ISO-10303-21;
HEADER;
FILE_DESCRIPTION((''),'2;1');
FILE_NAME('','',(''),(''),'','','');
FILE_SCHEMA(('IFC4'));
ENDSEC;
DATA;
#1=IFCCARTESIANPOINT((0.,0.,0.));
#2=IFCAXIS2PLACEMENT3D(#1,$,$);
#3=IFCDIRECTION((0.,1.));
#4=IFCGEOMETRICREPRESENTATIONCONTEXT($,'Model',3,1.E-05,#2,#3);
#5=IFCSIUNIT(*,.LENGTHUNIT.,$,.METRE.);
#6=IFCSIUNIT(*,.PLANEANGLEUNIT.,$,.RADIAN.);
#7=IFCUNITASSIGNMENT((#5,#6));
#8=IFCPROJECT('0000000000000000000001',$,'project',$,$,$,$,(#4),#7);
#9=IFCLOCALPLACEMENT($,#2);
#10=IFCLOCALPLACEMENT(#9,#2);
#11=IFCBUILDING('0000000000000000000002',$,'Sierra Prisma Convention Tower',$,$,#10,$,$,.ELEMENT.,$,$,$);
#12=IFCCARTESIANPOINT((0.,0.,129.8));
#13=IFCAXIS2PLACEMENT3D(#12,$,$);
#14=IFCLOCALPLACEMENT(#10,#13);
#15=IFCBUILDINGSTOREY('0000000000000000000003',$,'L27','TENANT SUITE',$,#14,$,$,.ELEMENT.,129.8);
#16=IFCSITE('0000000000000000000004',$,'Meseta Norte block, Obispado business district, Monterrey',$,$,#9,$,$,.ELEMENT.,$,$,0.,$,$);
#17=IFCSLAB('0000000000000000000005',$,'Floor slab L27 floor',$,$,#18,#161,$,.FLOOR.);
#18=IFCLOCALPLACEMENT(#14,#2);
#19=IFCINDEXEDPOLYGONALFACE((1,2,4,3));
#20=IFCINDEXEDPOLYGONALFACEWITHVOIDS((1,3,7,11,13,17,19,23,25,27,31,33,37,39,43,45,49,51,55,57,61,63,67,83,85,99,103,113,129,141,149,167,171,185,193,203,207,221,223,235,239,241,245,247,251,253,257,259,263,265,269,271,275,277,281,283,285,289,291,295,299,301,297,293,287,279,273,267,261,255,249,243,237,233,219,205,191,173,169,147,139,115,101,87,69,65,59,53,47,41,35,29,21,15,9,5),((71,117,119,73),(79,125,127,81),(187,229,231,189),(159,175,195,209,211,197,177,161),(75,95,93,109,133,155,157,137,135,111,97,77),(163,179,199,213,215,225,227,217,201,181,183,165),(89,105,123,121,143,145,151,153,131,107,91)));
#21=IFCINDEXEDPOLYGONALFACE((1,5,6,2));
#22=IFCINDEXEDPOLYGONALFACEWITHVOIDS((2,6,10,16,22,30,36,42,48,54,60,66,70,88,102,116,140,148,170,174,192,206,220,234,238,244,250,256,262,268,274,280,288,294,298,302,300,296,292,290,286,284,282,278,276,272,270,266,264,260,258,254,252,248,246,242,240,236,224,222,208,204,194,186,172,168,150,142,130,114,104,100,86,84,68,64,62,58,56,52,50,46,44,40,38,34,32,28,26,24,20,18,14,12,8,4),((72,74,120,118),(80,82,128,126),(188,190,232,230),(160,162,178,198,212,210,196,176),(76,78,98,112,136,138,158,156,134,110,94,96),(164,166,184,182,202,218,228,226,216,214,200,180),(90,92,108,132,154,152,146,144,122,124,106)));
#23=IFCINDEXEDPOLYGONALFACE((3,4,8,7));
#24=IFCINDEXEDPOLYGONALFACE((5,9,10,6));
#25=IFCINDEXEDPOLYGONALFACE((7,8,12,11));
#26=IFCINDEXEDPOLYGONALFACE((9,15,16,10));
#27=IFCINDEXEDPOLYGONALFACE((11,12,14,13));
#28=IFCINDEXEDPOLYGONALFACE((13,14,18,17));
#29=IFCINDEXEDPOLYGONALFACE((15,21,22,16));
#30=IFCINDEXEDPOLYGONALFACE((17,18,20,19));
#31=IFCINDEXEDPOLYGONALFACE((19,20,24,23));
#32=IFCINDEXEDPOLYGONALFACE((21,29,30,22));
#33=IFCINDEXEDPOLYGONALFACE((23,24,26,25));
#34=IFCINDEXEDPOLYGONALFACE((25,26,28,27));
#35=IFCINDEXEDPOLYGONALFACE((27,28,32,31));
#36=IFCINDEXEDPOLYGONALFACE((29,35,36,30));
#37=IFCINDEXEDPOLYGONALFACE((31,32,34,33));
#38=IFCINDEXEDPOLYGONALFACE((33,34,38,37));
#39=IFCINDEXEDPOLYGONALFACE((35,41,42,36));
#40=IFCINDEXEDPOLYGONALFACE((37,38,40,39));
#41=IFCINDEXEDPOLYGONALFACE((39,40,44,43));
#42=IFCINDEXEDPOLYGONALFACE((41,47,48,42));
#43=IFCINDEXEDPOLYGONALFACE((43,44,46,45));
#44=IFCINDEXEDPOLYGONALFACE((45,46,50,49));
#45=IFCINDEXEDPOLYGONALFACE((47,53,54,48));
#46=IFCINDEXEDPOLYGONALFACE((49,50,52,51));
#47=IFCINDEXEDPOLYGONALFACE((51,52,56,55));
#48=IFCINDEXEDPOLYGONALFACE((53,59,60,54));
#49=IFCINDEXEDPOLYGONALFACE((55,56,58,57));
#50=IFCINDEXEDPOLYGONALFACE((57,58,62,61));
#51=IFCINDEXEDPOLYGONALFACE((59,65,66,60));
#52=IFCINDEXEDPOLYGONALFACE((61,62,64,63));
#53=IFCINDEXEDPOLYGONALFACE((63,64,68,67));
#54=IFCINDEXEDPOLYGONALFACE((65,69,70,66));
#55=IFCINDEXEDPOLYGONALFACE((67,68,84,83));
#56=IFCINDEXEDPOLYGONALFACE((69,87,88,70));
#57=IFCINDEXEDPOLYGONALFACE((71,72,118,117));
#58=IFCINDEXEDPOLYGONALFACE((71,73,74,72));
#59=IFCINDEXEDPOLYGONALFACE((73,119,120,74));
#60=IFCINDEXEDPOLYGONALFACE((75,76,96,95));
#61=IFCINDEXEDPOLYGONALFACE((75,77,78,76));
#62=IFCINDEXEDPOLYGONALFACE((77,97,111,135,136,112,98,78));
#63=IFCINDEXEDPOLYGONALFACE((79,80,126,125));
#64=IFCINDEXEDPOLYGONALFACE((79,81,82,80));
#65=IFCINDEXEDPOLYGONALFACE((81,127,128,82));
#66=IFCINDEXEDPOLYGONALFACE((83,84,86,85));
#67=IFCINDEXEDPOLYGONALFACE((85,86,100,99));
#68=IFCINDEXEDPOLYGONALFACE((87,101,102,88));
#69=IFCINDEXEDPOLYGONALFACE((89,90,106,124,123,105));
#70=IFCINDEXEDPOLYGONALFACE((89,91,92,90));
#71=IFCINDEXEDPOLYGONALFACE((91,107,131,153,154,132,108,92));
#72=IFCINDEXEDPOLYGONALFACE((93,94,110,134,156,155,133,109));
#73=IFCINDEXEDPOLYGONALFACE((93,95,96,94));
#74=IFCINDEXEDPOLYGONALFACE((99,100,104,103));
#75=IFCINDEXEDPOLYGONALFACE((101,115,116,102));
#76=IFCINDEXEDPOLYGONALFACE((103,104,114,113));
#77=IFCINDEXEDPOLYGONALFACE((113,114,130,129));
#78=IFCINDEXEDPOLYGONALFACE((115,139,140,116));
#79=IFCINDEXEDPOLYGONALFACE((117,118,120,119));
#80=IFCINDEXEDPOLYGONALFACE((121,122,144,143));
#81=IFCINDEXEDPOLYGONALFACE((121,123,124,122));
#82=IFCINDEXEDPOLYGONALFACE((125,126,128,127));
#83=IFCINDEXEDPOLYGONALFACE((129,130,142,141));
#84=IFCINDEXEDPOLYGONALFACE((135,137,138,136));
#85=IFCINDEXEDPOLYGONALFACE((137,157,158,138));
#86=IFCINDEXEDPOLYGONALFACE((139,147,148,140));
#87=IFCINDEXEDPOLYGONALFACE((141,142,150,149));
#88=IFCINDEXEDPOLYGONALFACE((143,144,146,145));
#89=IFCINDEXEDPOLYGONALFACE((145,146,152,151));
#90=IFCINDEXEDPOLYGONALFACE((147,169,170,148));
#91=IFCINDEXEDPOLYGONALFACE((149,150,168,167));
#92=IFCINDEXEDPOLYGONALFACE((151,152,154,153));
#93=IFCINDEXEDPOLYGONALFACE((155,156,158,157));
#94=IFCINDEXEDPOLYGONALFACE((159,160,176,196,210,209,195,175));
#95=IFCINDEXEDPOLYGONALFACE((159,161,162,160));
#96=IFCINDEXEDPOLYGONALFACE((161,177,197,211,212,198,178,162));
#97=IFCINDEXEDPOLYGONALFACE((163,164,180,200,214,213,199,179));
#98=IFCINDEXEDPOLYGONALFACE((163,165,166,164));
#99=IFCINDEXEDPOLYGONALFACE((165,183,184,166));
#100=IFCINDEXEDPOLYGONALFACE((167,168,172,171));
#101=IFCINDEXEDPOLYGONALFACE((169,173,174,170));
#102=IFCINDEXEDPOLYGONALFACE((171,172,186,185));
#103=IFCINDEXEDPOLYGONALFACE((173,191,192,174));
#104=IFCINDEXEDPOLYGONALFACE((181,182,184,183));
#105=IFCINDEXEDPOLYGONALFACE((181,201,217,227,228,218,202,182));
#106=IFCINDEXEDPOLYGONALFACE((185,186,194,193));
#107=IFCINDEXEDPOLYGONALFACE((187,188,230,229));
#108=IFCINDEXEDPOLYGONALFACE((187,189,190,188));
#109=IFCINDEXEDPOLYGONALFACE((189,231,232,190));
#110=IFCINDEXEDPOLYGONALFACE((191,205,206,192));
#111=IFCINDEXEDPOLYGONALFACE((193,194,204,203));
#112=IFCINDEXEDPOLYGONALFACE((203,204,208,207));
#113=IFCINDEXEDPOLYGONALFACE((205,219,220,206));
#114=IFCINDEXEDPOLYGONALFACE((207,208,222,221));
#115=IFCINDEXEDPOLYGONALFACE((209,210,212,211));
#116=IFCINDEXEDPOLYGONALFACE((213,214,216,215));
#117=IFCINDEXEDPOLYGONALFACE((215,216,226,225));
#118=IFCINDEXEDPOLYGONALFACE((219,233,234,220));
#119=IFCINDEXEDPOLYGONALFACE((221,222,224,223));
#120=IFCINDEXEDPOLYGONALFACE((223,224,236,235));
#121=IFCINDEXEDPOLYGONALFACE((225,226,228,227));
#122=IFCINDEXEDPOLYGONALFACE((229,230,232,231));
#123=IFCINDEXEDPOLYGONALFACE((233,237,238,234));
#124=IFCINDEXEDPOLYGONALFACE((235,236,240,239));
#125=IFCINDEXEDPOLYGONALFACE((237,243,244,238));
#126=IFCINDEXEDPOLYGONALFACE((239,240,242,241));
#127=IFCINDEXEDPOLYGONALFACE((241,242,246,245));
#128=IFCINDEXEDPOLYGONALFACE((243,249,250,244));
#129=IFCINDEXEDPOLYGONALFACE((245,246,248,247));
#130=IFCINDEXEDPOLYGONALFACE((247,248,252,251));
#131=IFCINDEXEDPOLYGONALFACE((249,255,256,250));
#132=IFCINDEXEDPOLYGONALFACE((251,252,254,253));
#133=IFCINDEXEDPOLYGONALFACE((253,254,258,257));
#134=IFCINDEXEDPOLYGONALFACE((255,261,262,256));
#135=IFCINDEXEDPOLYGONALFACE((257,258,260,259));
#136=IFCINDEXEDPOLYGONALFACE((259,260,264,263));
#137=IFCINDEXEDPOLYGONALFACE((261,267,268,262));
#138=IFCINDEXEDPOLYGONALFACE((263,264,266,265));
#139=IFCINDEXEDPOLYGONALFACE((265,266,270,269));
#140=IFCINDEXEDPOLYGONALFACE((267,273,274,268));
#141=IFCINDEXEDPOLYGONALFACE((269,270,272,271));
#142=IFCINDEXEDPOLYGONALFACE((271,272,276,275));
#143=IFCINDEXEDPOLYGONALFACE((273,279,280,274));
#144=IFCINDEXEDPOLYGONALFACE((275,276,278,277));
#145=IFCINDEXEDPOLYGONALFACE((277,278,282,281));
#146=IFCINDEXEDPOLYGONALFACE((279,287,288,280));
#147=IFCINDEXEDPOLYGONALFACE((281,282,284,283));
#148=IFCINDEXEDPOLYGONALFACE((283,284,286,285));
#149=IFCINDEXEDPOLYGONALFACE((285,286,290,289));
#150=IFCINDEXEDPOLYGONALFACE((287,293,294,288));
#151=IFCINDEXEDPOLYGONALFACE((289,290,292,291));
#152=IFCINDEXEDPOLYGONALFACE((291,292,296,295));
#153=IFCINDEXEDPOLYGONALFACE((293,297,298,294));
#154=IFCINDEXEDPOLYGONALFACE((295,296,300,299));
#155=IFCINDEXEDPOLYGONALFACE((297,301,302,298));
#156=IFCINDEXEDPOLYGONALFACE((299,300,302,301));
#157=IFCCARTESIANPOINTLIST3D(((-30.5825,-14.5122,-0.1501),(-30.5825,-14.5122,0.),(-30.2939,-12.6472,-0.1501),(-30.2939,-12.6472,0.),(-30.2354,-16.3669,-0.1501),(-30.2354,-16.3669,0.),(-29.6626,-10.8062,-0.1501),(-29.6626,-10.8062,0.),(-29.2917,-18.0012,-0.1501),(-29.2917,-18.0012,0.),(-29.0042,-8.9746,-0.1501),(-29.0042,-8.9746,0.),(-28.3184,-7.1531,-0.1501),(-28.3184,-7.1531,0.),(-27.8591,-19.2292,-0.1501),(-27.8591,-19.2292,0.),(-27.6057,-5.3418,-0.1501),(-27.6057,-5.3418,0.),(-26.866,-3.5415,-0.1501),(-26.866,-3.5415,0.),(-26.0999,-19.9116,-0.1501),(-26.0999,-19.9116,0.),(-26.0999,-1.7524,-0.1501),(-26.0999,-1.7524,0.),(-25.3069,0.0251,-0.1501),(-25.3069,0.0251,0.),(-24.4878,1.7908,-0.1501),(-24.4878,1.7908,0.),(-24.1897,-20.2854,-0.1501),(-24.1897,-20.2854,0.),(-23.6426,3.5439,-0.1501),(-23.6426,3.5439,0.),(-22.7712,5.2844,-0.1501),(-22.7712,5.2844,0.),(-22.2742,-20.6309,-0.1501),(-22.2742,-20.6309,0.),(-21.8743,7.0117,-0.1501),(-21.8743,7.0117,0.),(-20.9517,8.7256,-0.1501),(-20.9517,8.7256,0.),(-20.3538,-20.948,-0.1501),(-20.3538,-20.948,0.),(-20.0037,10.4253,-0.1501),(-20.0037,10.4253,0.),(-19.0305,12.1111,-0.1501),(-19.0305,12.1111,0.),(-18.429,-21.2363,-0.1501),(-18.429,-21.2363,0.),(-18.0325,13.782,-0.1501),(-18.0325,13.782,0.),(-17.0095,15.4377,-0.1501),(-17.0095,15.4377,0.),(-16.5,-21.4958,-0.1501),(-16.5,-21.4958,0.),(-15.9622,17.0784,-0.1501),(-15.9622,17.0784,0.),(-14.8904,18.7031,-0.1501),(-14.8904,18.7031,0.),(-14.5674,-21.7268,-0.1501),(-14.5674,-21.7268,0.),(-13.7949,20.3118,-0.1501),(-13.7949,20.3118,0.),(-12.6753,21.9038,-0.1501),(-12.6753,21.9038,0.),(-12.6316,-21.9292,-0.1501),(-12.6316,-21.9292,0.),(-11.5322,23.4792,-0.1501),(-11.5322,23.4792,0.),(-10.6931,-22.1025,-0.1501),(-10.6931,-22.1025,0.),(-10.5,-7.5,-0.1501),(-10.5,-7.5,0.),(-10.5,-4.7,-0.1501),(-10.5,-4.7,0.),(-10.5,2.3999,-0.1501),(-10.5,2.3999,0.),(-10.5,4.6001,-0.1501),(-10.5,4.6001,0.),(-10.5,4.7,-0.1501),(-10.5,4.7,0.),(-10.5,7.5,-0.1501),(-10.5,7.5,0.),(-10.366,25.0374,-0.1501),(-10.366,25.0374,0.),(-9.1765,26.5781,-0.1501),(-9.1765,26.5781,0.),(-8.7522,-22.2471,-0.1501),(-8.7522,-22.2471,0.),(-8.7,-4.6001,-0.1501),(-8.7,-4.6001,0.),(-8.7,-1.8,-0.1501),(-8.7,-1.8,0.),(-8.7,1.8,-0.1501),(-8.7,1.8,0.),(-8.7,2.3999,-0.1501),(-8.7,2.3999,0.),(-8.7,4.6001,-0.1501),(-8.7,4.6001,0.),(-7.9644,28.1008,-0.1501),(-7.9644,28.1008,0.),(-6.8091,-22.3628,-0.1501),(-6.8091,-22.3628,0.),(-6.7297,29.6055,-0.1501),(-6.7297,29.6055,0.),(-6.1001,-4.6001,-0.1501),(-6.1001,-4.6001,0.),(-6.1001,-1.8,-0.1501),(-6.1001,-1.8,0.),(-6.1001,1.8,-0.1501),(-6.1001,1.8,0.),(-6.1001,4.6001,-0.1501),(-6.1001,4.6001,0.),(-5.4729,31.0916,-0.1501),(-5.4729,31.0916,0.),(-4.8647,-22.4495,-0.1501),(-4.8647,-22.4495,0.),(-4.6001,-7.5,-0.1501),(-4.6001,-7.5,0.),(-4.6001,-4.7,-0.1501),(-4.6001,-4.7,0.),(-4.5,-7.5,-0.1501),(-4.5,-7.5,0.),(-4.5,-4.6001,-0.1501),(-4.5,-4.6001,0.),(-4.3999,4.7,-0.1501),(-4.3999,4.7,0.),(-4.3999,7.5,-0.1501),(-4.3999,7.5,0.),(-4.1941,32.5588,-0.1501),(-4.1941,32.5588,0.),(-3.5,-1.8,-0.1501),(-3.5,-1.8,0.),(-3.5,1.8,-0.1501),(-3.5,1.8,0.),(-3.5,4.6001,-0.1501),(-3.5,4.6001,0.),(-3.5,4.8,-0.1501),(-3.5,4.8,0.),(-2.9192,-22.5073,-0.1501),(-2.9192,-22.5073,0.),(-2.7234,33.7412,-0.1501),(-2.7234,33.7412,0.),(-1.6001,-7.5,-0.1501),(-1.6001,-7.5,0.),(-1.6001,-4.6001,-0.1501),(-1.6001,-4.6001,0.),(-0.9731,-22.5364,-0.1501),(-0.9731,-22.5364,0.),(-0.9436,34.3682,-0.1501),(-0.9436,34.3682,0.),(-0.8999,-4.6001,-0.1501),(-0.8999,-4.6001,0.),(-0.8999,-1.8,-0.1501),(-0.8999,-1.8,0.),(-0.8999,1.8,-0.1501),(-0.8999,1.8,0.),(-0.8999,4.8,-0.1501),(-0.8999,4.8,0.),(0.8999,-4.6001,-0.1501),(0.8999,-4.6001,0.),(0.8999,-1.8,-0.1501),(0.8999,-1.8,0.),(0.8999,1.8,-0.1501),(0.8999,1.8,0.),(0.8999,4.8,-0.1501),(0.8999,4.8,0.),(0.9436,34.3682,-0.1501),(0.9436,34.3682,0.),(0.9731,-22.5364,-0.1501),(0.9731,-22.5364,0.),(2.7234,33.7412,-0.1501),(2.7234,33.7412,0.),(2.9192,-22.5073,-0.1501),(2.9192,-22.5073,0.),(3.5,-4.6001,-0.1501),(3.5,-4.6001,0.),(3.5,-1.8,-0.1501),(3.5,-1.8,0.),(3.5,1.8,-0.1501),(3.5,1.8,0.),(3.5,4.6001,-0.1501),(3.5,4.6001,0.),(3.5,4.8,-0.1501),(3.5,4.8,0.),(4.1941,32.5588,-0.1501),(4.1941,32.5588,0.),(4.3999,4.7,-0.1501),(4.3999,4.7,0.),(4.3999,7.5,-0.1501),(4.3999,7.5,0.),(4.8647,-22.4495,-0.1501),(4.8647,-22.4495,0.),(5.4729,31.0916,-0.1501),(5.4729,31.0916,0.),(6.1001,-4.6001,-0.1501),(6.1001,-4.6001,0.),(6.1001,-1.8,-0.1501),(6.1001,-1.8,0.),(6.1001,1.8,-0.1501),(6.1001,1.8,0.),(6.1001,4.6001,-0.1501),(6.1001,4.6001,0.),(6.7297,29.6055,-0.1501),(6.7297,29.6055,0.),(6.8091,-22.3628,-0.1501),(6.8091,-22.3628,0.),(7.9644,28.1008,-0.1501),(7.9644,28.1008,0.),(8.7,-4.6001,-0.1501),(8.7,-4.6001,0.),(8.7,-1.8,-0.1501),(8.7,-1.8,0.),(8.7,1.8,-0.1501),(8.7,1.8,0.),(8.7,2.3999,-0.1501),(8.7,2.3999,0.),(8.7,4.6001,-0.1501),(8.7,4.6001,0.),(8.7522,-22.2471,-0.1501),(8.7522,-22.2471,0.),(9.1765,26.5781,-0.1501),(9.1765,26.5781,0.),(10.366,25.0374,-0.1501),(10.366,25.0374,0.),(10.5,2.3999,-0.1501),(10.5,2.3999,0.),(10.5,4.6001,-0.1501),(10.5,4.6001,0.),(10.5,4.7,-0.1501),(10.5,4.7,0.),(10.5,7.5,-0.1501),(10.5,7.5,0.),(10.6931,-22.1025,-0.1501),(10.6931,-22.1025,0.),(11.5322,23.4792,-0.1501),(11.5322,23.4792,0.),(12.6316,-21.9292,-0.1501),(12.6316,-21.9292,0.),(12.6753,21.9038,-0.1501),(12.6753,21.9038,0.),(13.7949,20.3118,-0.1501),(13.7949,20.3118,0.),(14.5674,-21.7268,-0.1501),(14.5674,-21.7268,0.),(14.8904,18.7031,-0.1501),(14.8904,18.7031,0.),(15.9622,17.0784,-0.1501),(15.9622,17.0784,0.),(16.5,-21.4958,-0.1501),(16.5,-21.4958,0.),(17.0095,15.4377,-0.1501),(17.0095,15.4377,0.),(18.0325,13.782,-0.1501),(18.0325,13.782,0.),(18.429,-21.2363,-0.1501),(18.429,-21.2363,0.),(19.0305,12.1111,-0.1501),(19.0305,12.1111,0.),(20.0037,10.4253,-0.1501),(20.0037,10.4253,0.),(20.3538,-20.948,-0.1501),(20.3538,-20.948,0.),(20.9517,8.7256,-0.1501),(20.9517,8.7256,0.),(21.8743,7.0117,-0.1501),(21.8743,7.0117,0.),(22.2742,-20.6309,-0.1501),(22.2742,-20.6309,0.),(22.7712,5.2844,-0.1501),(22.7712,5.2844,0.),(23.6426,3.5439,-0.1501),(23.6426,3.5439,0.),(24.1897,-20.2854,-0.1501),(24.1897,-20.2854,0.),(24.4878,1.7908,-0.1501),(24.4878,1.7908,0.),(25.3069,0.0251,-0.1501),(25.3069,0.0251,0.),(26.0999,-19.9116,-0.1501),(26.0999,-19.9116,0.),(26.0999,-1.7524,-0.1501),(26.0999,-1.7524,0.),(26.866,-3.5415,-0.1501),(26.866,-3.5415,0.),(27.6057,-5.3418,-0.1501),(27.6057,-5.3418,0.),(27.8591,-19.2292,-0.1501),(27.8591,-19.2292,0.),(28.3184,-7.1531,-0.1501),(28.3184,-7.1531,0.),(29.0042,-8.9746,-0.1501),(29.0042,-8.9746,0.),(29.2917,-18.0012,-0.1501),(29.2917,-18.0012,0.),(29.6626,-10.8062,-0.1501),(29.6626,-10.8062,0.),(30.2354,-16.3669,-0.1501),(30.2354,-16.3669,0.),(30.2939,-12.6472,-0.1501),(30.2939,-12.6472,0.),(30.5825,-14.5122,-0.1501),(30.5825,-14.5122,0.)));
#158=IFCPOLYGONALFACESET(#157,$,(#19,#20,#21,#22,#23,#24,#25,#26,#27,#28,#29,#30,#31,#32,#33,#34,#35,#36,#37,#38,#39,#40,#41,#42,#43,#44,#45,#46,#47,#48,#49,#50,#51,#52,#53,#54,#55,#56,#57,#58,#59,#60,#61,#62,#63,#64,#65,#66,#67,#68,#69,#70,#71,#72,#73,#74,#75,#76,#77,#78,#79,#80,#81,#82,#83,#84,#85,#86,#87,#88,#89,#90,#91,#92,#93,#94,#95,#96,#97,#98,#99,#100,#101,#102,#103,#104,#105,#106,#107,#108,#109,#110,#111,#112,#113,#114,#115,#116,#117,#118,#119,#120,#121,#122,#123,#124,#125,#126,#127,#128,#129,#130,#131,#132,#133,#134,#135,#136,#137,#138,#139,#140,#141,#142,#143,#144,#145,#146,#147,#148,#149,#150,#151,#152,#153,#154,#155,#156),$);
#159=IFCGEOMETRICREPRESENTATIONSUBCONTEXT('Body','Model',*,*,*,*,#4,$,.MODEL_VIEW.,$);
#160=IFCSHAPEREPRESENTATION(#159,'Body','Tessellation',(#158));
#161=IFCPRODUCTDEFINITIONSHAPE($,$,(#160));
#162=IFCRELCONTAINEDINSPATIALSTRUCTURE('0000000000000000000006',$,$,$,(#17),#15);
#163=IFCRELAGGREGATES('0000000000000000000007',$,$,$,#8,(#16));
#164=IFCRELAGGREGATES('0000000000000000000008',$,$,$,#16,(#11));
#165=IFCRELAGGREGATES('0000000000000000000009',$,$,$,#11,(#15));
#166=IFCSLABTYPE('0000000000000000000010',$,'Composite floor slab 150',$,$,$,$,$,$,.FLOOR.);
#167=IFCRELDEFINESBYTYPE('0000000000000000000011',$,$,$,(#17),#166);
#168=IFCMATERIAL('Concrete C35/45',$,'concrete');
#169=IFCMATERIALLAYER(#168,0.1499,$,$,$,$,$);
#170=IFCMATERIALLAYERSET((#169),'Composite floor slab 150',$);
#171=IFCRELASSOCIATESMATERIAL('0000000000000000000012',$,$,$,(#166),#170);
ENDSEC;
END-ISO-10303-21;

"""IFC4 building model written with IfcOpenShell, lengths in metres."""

from ifc_helpers import new_model, si_unit, direction, frame, origin, place, context, subcontext, project, spatial, polyline, outline, extrude, material, layer, layer_set, type_object, element, save


model = new_model("IFC4")

# Units and contexts
model_context = context("Model", 3, precision=1e-05, world=origin(), true_north=direction((0.0, 1.0)))
body_context = subcontext(model_context, "Body", "Model", "MODEL_VIEW")
ifc_project = project(units=[si_unit("LENGTHUNIT", "METRE"), si_unit("PLANEANGLEUNIT", "RADIAN")], contexts=[model_context])

# Site, building, storey
site_placement = place(None, origin())
site = spatial("IfcSite", under=ifc_project, at=site_placement, Name="Meseta Norte block, Obispado business district, Monterrey", CompositionType="ELEMENT", RefElevation=0.0)
building_placement = place(site_placement, origin())
building = spatial("IfcBuilding", under=site, at=building_placement, Name="Sierra Prisma Convention Tower", CompositionType="ELEMENT")
storey_placement = place(building_placement, frame((0.0, 0.0, 129.8)))
storey = spatial("IfcBuildingStorey", under=building, at=storey_placement, Name="L27", Description="TENANT SUITE", CompositionType="ELEMENT", Elevation=129.8)

# Slab
ifc_material_1 = material(Name="Concrete C35/45", Category="concrete")
ifc_layer_1 = layer(ifc_material_1, 0.1499)
ifc_layer_set_1 = layer_set([ifc_layer_1], Name="Composite floor slab 150")
slab_type_1 = type_object("IfcSlabType", Name="Composite floor slab 150", PredefinedType="FLOOR", material=ifc_layer_set_1)
slab_1_placement = place(storey_placement, frame((0.0, 0.0, -0.1501)))
element("IfcSlab", 1, at=slab_1_placement, inside=storey, type_object=slab_type_1, Name="Floor slab L27 floor", PredefinedType="FLOOR", context=body_context, shape_type="SweptSolid", body=[
    extrude(outline(polyline([(-26.0999, -19.9116), (-24.1897, -20.2854), (-22.2742, -20.6309), (-20.3538, -20.948), (-18.429, -21.2363), (-16.5, -21.4958), (-14.5674, -21.7268), (-12.6316, -21.9292), (-10.6931, -22.1025), (-8.7522, -22.2471), (-6.8091, -22.3628), (-4.8647, -22.4495), (-2.9192, -22.5073), (-0.9731, -22.5364), (0.9731, -22.5364), (2.9192, -22.5073), (4.8647, -22.4495), (6.8091, -22.3628), (8.7522, -22.2471), (10.6931, -22.1025), (12.6316, -21.9292), (14.5674, -21.7268), (16.5, -21.4958), (18.429, -21.2363), (20.3538, -20.948), (22.2742, -20.6309), (24.1897, -20.2854), (26.0999, -19.9116), (27.8591, -19.2292), (29.2917, -18.0012), (30.2354, -16.3669), (30.5825, -14.5122), (30.2939, -12.6472), (29.6626, -10.8062), (29.0042, -8.9746), (28.3184, -7.1531), (27.6057, -5.3418), (26.866, -3.5415), (26.0999, -1.7524), (25.3069, 0.0251), (24.4878, 1.7908), (23.6426, 3.5439), (22.7712, 5.2844), (21.8743, 7.0117), (20.9517, 8.7256), (20.0037, 10.4253), (19.0305, 12.1111), (18.0325, 13.782), (17.0095, 15.4377), (15.9622, 17.0784), (14.8904, 18.7031), (13.7949, 20.3118), (12.6753, 21.9038), (11.5322, 23.4792), (10.366, 25.0374), (9.1765, 26.5781), (7.9644, 28.1008), (6.7297, 29.6055), (5.4729, 31.0916), (4.1941, 32.5588), (2.7234, 33.7412), (0.9436, 34.3682), (-0.9436, 34.3682), (-2.7234, 33.7412), (-4.1941, 32.5588), (-5.4729, 31.0916), (-6.7297, 29.6055), (-7.9644, 28.1008), (-9.1765, 26.5781), (-10.366, 25.0374), (-11.5322, 23.4792), (-12.6753, 21.9038), (-13.7949, 20.3118), (-14.8904, 18.7031), (-15.9622, 17.0784), (-17.0095, 15.4377), (-18.0325, 13.782), (-19.0305, 12.1111), (-20.0037, 10.4253), (-20.9517, 8.7256), (-21.8743, 7.0117), (-22.7712, 5.2844), (-23.6426, 3.5439), (-24.4878, 1.7908), (-25.3069, 0.0251), (-26.0999, -1.7524), (-26.866, -3.5415), (-27.6057, -5.3418), (-28.3184, -7.1531), (-29.0042, -8.9746), (-29.6626, -10.8062), (-30.2939, -12.6472), (-30.5825, -14.5122), (-30.2354, -16.3669), (-29.2917, -18.0012), (-27.8591, -19.2292), (-26.0999, -19.9116)]), holes=[polyline([(-4.6001, -7.5), (-10.5, -7.5), (-10.5, -4.7), (-4.6001, -4.7), (-4.6001, -7.5)]), polyline([(-8.7, -4.6001), (-8.7, -1.8), (-6.1001, -1.8), (-3.5, -1.8), (-0.8999, -1.8), (-0.8999, -4.6001), (-1.6001, -4.6001), (-1.6001, -7.5), (-4.5, -7.5), (-4.5, -4.6001), (-6.1001, -4.6001), (-8.7, -4.6001)]), polyline([(-10.5, 4.6001), (-8.7, 4.6001), (-6.1001, 4.6001), (-3.5, 4.6001), (-3.5, 4.8), (-0.8999, 4.8), (-0.8999, 1.8), (-3.5, 1.8), (-6.1001, 1.8), (-8.7, 1.8), (-8.7, 2.3999), (-10.5, 2.3999), (-10.5, 4.6001)]), polyline([(-10.5, 4.7), (-10.5, 7.5), (-4.3999, 7.5), (-4.3999, 4.7), (-10.5, 4.7)]), polyline([(6.1001, -1.8), (8.7, -1.8), (8.7, -4.6001), (6.1001, -4.6001), (3.5, -4.6001), (0.8999, -4.6001), (0.8999, -1.8), (3.5, -1.8), (6.1001, -1.8)]), polyline([(8.7, 4.6001), (10.5, 4.6001), (10.5, 2.3999), (8.7, 2.3999), (8.7, 1.8), (6.1001, 1.8), (3.5, 1.8), (0.8999, 1.8), (0.8999, 4.8), (3.5, 4.8), (3.5, 4.6001), (6.1001, 4.6001), (8.7, 4.6001)]), polyline([(4.3999, 4.7), (4.3999, 7.5), (10.5, 7.5), (10.5, 4.7), (4.3999, 4.7)])]), origin(), (0.0, 0.0, 1.0), 0.1501),
])

save(model, "model.ifc")
